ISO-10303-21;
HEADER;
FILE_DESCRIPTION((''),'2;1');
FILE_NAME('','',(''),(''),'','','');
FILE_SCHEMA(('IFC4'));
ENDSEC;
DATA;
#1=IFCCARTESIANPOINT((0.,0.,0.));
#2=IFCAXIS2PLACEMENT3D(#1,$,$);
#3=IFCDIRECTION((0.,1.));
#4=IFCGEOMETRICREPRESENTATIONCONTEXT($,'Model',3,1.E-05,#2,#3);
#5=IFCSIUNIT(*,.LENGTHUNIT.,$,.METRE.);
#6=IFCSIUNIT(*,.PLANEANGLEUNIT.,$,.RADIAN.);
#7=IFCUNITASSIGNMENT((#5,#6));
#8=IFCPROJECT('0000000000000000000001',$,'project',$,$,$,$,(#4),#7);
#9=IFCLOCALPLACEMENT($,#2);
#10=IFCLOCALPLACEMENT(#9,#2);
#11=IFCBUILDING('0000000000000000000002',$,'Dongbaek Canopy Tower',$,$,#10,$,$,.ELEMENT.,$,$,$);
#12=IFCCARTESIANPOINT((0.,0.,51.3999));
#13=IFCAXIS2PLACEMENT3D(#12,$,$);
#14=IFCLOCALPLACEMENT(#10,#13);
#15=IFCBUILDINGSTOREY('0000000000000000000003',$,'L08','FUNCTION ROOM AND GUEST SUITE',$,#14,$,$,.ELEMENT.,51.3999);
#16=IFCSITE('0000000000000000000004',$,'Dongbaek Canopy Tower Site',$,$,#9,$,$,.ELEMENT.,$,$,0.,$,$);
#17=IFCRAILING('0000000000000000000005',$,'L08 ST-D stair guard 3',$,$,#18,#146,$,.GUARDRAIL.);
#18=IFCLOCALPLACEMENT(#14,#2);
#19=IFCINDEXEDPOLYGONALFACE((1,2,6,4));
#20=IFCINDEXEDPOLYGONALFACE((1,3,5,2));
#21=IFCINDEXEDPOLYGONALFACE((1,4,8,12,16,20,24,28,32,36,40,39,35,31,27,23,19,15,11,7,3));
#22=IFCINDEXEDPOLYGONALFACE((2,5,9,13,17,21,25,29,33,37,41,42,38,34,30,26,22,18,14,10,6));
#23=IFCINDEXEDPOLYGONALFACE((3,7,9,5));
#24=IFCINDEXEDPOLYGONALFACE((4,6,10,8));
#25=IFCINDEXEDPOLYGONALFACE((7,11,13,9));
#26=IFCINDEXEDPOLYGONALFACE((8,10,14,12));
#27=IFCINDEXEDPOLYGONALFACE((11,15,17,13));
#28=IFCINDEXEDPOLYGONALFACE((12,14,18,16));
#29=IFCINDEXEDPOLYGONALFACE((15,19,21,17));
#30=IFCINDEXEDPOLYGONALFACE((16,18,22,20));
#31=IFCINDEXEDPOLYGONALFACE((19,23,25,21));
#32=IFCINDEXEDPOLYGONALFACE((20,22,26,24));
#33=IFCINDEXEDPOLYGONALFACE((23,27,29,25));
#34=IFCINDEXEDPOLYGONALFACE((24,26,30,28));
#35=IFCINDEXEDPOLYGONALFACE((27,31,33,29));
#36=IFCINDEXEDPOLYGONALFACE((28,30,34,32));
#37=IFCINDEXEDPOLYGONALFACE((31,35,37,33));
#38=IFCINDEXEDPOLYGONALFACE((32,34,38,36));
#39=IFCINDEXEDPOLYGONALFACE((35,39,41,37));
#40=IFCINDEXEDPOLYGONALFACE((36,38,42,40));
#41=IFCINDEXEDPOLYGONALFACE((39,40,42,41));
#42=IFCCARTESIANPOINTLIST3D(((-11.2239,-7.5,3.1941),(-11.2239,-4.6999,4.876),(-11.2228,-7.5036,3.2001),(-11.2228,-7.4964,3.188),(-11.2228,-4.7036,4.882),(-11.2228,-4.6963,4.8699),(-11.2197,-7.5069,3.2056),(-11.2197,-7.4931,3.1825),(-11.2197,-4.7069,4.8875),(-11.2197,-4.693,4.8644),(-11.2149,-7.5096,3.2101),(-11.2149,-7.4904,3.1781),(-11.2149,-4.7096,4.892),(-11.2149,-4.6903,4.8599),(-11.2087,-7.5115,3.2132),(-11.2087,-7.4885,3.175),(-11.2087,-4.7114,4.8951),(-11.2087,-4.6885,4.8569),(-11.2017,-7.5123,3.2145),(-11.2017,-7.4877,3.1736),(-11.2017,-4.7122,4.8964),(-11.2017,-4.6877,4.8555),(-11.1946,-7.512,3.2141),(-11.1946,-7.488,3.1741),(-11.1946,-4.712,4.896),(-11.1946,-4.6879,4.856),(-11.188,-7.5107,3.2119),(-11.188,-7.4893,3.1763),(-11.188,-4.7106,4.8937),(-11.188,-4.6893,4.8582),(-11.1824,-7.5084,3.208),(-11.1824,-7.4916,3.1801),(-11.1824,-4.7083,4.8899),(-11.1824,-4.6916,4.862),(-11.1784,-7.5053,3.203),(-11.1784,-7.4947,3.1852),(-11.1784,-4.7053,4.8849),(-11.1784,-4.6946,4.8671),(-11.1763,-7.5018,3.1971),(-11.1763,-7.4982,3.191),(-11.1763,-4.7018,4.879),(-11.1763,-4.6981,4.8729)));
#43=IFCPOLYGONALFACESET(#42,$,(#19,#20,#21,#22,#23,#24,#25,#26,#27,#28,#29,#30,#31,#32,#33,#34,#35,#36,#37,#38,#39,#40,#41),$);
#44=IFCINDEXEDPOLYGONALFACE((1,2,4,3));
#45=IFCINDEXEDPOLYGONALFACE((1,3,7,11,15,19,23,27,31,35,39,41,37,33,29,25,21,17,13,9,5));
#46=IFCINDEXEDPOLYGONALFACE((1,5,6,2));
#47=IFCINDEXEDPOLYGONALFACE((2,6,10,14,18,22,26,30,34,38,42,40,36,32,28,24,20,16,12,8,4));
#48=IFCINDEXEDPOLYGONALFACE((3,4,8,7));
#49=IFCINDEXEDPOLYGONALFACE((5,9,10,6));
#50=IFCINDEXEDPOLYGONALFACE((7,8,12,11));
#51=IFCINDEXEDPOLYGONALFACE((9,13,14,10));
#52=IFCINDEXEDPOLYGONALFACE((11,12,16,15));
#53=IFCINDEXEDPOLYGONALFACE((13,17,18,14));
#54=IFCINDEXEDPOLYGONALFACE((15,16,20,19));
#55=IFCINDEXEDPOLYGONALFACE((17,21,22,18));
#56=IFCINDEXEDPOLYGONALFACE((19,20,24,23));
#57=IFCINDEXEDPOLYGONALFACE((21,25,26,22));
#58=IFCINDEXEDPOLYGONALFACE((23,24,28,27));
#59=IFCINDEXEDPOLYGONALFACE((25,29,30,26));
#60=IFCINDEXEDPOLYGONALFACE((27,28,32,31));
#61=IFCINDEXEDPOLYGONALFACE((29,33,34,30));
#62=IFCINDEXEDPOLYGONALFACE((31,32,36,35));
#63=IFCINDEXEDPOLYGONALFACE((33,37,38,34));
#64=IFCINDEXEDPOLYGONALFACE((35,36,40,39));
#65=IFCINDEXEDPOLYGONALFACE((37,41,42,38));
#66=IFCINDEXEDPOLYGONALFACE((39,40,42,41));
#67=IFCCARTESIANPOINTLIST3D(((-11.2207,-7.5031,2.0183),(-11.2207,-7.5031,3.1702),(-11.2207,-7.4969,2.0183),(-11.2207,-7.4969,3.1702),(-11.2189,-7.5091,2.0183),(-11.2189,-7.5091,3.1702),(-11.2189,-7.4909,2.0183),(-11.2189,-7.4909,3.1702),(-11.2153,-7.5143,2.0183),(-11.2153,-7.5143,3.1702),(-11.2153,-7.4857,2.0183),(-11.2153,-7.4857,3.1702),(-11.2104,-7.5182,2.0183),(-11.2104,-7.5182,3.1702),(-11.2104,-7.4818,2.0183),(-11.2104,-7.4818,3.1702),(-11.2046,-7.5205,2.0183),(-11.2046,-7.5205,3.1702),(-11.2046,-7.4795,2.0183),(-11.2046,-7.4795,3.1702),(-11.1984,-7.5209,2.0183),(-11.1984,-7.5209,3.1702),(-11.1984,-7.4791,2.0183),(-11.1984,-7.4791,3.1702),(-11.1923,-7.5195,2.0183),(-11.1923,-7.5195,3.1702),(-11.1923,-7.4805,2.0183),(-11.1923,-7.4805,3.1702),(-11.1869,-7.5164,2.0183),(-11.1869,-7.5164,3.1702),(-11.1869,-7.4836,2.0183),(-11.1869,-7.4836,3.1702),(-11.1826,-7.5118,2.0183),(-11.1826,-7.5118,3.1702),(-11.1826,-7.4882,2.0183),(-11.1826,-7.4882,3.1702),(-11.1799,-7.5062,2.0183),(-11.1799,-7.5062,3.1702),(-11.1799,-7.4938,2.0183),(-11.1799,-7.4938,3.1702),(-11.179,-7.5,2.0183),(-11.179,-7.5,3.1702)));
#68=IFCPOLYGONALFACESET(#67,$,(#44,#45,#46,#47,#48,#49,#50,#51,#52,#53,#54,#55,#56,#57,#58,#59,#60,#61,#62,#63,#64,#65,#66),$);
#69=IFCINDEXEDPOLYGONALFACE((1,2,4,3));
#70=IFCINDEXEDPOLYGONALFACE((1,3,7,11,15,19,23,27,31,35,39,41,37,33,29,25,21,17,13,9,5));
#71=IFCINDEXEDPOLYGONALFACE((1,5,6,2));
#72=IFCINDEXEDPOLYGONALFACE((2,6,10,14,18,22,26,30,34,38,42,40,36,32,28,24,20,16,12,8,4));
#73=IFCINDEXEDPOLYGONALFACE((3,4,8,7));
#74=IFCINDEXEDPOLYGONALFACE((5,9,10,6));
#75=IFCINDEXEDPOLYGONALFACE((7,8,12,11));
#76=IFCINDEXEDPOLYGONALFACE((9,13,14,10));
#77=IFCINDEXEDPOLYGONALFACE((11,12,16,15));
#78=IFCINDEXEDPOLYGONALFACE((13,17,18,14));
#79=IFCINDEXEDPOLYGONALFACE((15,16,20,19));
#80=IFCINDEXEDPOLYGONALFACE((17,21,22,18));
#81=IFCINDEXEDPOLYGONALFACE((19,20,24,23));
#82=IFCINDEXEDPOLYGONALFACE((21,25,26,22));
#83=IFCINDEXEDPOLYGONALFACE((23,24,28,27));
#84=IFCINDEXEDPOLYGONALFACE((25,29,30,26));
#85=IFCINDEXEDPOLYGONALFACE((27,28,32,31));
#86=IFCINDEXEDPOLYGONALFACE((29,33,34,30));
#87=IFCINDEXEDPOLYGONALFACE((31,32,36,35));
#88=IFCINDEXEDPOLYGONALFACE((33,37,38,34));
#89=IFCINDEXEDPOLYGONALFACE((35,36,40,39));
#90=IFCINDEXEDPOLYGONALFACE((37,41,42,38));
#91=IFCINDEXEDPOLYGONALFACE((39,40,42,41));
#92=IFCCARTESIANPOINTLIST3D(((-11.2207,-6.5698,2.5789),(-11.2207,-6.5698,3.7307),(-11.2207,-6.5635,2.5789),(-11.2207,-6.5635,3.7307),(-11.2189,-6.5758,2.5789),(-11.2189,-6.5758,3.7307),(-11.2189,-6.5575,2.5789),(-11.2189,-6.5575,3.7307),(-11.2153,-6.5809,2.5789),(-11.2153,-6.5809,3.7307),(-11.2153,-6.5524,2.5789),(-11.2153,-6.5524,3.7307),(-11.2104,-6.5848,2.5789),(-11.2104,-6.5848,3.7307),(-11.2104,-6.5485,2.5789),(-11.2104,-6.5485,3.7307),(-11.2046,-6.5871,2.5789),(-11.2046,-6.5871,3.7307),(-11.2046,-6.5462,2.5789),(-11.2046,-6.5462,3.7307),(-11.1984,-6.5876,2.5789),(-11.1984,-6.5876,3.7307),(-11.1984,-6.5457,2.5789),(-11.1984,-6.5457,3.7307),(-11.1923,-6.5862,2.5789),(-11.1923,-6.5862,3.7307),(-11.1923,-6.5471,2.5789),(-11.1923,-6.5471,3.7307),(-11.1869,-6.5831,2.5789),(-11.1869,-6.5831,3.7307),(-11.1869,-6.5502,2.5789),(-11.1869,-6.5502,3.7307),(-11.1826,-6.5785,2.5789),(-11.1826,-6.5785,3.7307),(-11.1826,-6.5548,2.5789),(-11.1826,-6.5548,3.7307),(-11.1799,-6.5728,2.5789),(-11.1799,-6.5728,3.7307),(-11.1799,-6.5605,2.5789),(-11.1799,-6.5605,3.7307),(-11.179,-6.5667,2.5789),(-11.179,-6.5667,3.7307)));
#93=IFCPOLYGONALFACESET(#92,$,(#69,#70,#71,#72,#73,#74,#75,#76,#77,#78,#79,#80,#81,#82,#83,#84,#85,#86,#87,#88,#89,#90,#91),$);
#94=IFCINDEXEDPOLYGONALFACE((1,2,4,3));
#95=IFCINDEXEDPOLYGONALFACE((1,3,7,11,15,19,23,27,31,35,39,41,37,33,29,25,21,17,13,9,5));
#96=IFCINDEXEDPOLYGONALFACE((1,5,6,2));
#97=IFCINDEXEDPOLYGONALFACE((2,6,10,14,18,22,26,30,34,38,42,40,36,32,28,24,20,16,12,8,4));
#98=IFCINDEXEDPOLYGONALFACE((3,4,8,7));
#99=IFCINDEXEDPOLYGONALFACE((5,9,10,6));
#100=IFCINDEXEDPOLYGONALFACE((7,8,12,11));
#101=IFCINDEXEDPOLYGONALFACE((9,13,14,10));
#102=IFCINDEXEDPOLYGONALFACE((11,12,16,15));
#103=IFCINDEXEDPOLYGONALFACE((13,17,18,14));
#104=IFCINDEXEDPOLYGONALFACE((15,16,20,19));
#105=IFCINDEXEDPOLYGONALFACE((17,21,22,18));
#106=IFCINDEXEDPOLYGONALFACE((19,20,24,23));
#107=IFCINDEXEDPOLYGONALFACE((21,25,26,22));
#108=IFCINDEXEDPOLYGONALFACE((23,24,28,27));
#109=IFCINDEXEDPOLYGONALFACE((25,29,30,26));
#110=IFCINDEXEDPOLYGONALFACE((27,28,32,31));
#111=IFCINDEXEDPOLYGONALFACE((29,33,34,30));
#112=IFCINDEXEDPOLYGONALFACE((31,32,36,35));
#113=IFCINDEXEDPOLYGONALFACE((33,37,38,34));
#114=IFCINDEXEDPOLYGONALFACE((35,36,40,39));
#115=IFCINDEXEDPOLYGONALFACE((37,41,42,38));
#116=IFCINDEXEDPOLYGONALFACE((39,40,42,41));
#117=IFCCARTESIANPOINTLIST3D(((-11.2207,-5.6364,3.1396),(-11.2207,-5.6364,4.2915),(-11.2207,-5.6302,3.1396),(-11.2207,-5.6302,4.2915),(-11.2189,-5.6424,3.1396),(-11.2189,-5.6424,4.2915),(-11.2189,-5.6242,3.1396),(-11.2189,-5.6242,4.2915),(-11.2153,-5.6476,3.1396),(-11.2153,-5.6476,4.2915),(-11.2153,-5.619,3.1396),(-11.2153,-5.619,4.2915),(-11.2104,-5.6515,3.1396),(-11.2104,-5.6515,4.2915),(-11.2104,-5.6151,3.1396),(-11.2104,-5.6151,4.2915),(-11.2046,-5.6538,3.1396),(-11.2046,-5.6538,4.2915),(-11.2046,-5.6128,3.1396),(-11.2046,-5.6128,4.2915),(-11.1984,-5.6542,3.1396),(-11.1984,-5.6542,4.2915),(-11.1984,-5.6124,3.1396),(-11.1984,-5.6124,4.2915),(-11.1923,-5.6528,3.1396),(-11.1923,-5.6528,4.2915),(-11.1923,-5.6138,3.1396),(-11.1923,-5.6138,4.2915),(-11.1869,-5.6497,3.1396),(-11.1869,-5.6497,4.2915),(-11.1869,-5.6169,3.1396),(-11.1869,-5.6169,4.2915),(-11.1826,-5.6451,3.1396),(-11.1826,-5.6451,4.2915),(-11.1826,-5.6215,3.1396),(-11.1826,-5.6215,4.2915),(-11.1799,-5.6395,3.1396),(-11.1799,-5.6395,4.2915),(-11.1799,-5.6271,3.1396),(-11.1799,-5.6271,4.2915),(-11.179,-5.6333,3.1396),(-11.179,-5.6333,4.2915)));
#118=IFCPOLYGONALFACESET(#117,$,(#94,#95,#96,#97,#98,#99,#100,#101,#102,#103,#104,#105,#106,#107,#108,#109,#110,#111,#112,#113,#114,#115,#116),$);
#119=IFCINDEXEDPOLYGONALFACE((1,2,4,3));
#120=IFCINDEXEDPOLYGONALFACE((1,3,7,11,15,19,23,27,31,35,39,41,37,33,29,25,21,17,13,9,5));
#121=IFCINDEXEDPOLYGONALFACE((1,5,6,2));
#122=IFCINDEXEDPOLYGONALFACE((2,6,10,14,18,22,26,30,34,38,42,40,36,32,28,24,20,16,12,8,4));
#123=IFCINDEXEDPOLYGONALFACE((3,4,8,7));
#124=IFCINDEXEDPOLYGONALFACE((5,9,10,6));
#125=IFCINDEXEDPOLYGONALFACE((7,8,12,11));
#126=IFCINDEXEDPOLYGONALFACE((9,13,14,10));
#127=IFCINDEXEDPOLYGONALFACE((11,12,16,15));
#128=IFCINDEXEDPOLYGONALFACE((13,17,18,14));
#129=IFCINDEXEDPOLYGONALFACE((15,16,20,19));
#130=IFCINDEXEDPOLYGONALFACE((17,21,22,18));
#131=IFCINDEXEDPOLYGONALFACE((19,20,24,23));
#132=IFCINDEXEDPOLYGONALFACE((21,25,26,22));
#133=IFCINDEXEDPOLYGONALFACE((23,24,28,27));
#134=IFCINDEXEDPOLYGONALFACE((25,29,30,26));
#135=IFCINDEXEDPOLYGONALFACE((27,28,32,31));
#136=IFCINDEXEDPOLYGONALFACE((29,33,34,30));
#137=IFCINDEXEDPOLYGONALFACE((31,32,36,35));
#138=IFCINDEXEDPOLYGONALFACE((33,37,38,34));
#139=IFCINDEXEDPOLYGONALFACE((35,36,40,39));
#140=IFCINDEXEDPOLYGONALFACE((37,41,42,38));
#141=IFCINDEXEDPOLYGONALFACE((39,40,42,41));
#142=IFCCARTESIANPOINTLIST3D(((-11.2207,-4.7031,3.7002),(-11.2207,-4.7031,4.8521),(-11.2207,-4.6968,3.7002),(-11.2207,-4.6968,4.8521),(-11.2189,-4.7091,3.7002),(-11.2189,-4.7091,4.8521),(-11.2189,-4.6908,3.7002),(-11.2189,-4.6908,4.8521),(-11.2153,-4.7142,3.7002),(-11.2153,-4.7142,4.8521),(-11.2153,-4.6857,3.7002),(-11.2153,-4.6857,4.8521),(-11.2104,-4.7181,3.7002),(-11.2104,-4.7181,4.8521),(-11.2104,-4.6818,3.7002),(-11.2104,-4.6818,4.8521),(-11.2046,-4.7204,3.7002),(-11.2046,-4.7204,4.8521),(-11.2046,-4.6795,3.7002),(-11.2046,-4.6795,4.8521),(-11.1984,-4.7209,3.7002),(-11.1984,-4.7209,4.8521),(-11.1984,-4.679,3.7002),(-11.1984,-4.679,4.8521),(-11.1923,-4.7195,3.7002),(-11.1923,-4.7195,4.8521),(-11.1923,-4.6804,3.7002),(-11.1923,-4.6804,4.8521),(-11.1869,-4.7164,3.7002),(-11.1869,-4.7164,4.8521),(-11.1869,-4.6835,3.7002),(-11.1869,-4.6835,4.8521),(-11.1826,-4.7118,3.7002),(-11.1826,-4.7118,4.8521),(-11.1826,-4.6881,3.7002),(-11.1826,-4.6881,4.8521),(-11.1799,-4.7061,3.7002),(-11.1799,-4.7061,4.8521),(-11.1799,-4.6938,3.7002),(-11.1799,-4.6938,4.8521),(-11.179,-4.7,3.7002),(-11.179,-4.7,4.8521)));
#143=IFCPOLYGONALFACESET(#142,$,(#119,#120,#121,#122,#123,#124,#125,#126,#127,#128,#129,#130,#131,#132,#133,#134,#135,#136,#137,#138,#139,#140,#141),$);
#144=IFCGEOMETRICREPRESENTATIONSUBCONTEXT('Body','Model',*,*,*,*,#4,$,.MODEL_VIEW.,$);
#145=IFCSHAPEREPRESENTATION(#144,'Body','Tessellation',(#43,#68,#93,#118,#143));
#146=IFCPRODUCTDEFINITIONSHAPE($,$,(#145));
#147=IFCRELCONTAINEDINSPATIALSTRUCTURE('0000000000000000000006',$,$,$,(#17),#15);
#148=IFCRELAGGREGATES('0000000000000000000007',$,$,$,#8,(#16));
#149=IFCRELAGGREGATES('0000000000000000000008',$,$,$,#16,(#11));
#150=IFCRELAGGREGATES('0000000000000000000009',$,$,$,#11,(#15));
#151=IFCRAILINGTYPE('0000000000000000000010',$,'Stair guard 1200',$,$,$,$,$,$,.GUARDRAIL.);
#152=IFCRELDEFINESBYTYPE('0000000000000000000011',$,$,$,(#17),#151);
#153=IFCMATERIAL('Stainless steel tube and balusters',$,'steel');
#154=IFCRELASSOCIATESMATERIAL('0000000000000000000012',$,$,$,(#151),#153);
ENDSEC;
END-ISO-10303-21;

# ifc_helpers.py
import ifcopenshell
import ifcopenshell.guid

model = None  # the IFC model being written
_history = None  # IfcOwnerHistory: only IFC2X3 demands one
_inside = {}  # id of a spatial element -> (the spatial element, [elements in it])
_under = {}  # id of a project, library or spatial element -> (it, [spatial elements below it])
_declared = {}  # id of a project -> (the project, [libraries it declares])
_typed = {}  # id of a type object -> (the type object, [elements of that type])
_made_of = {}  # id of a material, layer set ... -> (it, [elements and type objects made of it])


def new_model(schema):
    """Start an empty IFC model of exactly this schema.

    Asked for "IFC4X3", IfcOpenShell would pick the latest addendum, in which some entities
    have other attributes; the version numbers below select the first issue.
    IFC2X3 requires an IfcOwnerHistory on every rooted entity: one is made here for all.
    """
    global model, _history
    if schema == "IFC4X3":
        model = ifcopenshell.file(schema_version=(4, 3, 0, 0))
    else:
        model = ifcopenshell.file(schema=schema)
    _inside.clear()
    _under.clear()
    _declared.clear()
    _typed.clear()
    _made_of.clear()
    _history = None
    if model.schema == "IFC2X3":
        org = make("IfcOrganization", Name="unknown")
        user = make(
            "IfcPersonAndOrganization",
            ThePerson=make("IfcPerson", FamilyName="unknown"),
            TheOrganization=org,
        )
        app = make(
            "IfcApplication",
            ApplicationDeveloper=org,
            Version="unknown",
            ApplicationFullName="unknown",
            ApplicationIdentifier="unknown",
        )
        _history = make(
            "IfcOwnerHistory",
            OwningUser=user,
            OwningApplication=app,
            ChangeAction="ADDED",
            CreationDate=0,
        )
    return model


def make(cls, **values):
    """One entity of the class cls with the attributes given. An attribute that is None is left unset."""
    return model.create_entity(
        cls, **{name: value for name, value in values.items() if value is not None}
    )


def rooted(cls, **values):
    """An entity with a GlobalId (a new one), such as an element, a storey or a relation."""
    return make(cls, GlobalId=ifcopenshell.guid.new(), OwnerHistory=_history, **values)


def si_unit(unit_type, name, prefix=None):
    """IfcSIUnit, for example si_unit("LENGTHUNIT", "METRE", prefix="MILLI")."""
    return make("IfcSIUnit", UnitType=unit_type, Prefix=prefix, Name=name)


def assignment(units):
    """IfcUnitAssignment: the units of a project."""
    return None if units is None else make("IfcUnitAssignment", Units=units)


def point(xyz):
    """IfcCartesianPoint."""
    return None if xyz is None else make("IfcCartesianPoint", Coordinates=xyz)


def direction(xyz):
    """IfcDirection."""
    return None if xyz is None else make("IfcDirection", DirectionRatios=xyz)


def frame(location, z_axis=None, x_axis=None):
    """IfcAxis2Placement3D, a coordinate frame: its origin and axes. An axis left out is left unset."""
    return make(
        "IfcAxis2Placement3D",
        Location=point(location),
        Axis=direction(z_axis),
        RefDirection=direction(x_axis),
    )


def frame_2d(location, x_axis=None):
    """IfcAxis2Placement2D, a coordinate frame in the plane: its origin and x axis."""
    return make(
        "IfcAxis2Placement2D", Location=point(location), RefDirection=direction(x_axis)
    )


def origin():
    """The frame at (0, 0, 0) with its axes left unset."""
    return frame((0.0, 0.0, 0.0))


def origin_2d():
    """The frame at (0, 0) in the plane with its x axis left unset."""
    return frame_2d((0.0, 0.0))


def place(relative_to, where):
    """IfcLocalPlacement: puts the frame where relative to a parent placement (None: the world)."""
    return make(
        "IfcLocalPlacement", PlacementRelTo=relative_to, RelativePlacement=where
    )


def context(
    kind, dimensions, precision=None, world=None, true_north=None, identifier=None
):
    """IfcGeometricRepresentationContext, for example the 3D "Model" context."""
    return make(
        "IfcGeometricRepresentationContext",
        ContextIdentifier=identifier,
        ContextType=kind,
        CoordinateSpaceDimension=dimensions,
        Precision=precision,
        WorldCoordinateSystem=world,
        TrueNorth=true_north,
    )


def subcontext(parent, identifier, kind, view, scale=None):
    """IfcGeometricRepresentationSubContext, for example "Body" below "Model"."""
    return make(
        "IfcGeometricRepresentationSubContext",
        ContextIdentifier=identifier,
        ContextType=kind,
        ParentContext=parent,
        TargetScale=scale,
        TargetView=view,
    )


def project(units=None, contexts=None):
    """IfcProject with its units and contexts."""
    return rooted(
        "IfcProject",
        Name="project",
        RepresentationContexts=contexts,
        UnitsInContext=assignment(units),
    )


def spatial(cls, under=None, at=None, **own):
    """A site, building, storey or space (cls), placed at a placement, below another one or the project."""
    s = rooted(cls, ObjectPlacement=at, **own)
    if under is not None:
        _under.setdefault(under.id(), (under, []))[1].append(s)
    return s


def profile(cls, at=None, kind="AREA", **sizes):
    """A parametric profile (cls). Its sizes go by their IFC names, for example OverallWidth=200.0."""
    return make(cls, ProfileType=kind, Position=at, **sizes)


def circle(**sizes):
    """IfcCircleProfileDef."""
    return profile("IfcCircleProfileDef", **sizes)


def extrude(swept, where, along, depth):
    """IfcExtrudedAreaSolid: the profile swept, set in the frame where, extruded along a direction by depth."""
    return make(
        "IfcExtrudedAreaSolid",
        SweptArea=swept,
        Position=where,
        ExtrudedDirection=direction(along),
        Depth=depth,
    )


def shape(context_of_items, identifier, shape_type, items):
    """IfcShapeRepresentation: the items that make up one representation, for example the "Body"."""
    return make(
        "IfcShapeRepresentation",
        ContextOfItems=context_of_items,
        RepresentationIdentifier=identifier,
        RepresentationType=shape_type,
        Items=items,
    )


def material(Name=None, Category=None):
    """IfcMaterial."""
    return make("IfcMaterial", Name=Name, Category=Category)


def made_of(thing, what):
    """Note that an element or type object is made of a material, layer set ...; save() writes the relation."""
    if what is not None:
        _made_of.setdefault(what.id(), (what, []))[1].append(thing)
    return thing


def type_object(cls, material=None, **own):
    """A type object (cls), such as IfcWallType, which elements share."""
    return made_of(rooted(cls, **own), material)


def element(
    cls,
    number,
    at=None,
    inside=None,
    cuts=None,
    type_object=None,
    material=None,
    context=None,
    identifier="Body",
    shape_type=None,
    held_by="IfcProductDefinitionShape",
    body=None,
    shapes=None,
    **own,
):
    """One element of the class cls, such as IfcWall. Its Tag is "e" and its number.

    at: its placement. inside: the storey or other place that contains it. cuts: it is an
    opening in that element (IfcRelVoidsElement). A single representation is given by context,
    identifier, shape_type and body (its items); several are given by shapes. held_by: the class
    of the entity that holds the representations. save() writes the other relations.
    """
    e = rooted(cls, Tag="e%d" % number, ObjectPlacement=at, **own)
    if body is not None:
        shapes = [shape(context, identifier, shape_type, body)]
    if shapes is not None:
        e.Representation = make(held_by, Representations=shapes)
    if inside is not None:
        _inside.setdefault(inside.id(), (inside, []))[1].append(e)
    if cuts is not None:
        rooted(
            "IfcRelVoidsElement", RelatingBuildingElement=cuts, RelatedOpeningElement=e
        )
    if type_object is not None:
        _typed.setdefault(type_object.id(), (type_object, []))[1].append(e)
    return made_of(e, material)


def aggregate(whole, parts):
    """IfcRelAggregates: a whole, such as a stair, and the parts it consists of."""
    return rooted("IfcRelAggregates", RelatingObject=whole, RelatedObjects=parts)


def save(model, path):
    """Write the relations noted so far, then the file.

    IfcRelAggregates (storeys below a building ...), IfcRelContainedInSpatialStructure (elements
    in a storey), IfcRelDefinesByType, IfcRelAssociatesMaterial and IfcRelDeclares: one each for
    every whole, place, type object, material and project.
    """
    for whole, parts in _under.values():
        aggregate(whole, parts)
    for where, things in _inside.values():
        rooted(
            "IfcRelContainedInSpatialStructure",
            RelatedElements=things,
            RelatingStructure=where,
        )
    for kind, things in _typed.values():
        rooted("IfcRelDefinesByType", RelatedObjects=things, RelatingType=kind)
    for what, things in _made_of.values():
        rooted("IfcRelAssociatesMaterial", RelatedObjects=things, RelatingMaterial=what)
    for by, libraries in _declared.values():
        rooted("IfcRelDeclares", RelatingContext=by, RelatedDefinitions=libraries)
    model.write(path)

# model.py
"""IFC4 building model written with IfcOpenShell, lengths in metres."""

from ifc_helpers import new_model, si_unit, direction, frame, origin, origin_2d, place, context, subcontext, project, spatial, circle, extrude, material, type_object, element, save


model = new_model("IFC4")

# Units and contexts
model_context = context("Model", 3, precision=1e-05, world=origin(), true_north=direction((0.0, 1.0)))
body_context = subcontext(model_context, "Body", "Model", "MODEL_VIEW")
ifc_project = project(units=[si_unit("LENGTHUNIT", "METRE"), si_unit("PLANEANGLEUNIT", "RADIAN")], contexts=[model_context])

# Site, building, storey
site_placement = place(None, origin())
site = spatial("IfcSite", under=ifc_project, at=site_placement, Name="Dongbaek Canopy Tower Site", CompositionType="ELEMENT", RefElevation=0.0)
building_placement = place(site_placement, origin())
building = spatial("IfcBuilding", under=site, at=building_placement, Name="Dongbaek Canopy Tower", CompositionType="ELEMENT")
storey_placement = place(building_placement, frame((0.0, 0.0, 51.3999)))
storey = spatial("IfcBuildingStorey", under=building, at=storey_placement, Name="L08", Description="FUNCTION ROOM AND GUEST SUITE", CompositionType="ELEMENT", Elevation=51.3999)

# Railing
ifc_material_1 = material(Name="Stainless steel tube and balusters", Category="steel")
railing_type_1 = type_object("IfcRailingType", Name="Stair guard 1200", PredefinedType="GUARDRAIL", material=ifc_material_1)
railing_1_placement = place(storey_placement, frame((-11.2, -7.5, 2.0183)))
element("IfcRailing", 1, at=railing_1_placement, inside=storey, type_object=railing_type_1, Name="L08 ST-D stair guard 3", PredefinedType="GUARDRAIL", context=body_context, shape_type="SweptSolid", body=[
    extrude(circle(Radius=0.0239, at=origin_2d()), frame((0.0, 0.0, 1.1758), z_axis=(0.0, 0.857242, 0.514913), x_axis=(-1.0, 0.0, 0.0)), (0.0, 0.0, 1.0), 3.2664),
    extrude(circle(Radius=0.021, at=origin_2d()), origin(), (0.0, 0.0, 1.0), 1.1519),
    extrude(circle(Radius=0.021, at=origin_2d()), frame((0.0, 0.9333, 0.5605)), (0.0, 0.0, 1.0), 1.1519),
    extrude(circle(Radius=0.021, at=origin_2d()), frame((0.0, 1.8667, 1.1213)), (0.0, 0.0, 1.0), 1.1519),
    extrude(circle(Radius=0.021, at=origin_2d()), frame((0.0, 2.8, 1.6819)), (0.0, 0.0, 1.0), 1.1519),
])

save(model, "model.ifc")
